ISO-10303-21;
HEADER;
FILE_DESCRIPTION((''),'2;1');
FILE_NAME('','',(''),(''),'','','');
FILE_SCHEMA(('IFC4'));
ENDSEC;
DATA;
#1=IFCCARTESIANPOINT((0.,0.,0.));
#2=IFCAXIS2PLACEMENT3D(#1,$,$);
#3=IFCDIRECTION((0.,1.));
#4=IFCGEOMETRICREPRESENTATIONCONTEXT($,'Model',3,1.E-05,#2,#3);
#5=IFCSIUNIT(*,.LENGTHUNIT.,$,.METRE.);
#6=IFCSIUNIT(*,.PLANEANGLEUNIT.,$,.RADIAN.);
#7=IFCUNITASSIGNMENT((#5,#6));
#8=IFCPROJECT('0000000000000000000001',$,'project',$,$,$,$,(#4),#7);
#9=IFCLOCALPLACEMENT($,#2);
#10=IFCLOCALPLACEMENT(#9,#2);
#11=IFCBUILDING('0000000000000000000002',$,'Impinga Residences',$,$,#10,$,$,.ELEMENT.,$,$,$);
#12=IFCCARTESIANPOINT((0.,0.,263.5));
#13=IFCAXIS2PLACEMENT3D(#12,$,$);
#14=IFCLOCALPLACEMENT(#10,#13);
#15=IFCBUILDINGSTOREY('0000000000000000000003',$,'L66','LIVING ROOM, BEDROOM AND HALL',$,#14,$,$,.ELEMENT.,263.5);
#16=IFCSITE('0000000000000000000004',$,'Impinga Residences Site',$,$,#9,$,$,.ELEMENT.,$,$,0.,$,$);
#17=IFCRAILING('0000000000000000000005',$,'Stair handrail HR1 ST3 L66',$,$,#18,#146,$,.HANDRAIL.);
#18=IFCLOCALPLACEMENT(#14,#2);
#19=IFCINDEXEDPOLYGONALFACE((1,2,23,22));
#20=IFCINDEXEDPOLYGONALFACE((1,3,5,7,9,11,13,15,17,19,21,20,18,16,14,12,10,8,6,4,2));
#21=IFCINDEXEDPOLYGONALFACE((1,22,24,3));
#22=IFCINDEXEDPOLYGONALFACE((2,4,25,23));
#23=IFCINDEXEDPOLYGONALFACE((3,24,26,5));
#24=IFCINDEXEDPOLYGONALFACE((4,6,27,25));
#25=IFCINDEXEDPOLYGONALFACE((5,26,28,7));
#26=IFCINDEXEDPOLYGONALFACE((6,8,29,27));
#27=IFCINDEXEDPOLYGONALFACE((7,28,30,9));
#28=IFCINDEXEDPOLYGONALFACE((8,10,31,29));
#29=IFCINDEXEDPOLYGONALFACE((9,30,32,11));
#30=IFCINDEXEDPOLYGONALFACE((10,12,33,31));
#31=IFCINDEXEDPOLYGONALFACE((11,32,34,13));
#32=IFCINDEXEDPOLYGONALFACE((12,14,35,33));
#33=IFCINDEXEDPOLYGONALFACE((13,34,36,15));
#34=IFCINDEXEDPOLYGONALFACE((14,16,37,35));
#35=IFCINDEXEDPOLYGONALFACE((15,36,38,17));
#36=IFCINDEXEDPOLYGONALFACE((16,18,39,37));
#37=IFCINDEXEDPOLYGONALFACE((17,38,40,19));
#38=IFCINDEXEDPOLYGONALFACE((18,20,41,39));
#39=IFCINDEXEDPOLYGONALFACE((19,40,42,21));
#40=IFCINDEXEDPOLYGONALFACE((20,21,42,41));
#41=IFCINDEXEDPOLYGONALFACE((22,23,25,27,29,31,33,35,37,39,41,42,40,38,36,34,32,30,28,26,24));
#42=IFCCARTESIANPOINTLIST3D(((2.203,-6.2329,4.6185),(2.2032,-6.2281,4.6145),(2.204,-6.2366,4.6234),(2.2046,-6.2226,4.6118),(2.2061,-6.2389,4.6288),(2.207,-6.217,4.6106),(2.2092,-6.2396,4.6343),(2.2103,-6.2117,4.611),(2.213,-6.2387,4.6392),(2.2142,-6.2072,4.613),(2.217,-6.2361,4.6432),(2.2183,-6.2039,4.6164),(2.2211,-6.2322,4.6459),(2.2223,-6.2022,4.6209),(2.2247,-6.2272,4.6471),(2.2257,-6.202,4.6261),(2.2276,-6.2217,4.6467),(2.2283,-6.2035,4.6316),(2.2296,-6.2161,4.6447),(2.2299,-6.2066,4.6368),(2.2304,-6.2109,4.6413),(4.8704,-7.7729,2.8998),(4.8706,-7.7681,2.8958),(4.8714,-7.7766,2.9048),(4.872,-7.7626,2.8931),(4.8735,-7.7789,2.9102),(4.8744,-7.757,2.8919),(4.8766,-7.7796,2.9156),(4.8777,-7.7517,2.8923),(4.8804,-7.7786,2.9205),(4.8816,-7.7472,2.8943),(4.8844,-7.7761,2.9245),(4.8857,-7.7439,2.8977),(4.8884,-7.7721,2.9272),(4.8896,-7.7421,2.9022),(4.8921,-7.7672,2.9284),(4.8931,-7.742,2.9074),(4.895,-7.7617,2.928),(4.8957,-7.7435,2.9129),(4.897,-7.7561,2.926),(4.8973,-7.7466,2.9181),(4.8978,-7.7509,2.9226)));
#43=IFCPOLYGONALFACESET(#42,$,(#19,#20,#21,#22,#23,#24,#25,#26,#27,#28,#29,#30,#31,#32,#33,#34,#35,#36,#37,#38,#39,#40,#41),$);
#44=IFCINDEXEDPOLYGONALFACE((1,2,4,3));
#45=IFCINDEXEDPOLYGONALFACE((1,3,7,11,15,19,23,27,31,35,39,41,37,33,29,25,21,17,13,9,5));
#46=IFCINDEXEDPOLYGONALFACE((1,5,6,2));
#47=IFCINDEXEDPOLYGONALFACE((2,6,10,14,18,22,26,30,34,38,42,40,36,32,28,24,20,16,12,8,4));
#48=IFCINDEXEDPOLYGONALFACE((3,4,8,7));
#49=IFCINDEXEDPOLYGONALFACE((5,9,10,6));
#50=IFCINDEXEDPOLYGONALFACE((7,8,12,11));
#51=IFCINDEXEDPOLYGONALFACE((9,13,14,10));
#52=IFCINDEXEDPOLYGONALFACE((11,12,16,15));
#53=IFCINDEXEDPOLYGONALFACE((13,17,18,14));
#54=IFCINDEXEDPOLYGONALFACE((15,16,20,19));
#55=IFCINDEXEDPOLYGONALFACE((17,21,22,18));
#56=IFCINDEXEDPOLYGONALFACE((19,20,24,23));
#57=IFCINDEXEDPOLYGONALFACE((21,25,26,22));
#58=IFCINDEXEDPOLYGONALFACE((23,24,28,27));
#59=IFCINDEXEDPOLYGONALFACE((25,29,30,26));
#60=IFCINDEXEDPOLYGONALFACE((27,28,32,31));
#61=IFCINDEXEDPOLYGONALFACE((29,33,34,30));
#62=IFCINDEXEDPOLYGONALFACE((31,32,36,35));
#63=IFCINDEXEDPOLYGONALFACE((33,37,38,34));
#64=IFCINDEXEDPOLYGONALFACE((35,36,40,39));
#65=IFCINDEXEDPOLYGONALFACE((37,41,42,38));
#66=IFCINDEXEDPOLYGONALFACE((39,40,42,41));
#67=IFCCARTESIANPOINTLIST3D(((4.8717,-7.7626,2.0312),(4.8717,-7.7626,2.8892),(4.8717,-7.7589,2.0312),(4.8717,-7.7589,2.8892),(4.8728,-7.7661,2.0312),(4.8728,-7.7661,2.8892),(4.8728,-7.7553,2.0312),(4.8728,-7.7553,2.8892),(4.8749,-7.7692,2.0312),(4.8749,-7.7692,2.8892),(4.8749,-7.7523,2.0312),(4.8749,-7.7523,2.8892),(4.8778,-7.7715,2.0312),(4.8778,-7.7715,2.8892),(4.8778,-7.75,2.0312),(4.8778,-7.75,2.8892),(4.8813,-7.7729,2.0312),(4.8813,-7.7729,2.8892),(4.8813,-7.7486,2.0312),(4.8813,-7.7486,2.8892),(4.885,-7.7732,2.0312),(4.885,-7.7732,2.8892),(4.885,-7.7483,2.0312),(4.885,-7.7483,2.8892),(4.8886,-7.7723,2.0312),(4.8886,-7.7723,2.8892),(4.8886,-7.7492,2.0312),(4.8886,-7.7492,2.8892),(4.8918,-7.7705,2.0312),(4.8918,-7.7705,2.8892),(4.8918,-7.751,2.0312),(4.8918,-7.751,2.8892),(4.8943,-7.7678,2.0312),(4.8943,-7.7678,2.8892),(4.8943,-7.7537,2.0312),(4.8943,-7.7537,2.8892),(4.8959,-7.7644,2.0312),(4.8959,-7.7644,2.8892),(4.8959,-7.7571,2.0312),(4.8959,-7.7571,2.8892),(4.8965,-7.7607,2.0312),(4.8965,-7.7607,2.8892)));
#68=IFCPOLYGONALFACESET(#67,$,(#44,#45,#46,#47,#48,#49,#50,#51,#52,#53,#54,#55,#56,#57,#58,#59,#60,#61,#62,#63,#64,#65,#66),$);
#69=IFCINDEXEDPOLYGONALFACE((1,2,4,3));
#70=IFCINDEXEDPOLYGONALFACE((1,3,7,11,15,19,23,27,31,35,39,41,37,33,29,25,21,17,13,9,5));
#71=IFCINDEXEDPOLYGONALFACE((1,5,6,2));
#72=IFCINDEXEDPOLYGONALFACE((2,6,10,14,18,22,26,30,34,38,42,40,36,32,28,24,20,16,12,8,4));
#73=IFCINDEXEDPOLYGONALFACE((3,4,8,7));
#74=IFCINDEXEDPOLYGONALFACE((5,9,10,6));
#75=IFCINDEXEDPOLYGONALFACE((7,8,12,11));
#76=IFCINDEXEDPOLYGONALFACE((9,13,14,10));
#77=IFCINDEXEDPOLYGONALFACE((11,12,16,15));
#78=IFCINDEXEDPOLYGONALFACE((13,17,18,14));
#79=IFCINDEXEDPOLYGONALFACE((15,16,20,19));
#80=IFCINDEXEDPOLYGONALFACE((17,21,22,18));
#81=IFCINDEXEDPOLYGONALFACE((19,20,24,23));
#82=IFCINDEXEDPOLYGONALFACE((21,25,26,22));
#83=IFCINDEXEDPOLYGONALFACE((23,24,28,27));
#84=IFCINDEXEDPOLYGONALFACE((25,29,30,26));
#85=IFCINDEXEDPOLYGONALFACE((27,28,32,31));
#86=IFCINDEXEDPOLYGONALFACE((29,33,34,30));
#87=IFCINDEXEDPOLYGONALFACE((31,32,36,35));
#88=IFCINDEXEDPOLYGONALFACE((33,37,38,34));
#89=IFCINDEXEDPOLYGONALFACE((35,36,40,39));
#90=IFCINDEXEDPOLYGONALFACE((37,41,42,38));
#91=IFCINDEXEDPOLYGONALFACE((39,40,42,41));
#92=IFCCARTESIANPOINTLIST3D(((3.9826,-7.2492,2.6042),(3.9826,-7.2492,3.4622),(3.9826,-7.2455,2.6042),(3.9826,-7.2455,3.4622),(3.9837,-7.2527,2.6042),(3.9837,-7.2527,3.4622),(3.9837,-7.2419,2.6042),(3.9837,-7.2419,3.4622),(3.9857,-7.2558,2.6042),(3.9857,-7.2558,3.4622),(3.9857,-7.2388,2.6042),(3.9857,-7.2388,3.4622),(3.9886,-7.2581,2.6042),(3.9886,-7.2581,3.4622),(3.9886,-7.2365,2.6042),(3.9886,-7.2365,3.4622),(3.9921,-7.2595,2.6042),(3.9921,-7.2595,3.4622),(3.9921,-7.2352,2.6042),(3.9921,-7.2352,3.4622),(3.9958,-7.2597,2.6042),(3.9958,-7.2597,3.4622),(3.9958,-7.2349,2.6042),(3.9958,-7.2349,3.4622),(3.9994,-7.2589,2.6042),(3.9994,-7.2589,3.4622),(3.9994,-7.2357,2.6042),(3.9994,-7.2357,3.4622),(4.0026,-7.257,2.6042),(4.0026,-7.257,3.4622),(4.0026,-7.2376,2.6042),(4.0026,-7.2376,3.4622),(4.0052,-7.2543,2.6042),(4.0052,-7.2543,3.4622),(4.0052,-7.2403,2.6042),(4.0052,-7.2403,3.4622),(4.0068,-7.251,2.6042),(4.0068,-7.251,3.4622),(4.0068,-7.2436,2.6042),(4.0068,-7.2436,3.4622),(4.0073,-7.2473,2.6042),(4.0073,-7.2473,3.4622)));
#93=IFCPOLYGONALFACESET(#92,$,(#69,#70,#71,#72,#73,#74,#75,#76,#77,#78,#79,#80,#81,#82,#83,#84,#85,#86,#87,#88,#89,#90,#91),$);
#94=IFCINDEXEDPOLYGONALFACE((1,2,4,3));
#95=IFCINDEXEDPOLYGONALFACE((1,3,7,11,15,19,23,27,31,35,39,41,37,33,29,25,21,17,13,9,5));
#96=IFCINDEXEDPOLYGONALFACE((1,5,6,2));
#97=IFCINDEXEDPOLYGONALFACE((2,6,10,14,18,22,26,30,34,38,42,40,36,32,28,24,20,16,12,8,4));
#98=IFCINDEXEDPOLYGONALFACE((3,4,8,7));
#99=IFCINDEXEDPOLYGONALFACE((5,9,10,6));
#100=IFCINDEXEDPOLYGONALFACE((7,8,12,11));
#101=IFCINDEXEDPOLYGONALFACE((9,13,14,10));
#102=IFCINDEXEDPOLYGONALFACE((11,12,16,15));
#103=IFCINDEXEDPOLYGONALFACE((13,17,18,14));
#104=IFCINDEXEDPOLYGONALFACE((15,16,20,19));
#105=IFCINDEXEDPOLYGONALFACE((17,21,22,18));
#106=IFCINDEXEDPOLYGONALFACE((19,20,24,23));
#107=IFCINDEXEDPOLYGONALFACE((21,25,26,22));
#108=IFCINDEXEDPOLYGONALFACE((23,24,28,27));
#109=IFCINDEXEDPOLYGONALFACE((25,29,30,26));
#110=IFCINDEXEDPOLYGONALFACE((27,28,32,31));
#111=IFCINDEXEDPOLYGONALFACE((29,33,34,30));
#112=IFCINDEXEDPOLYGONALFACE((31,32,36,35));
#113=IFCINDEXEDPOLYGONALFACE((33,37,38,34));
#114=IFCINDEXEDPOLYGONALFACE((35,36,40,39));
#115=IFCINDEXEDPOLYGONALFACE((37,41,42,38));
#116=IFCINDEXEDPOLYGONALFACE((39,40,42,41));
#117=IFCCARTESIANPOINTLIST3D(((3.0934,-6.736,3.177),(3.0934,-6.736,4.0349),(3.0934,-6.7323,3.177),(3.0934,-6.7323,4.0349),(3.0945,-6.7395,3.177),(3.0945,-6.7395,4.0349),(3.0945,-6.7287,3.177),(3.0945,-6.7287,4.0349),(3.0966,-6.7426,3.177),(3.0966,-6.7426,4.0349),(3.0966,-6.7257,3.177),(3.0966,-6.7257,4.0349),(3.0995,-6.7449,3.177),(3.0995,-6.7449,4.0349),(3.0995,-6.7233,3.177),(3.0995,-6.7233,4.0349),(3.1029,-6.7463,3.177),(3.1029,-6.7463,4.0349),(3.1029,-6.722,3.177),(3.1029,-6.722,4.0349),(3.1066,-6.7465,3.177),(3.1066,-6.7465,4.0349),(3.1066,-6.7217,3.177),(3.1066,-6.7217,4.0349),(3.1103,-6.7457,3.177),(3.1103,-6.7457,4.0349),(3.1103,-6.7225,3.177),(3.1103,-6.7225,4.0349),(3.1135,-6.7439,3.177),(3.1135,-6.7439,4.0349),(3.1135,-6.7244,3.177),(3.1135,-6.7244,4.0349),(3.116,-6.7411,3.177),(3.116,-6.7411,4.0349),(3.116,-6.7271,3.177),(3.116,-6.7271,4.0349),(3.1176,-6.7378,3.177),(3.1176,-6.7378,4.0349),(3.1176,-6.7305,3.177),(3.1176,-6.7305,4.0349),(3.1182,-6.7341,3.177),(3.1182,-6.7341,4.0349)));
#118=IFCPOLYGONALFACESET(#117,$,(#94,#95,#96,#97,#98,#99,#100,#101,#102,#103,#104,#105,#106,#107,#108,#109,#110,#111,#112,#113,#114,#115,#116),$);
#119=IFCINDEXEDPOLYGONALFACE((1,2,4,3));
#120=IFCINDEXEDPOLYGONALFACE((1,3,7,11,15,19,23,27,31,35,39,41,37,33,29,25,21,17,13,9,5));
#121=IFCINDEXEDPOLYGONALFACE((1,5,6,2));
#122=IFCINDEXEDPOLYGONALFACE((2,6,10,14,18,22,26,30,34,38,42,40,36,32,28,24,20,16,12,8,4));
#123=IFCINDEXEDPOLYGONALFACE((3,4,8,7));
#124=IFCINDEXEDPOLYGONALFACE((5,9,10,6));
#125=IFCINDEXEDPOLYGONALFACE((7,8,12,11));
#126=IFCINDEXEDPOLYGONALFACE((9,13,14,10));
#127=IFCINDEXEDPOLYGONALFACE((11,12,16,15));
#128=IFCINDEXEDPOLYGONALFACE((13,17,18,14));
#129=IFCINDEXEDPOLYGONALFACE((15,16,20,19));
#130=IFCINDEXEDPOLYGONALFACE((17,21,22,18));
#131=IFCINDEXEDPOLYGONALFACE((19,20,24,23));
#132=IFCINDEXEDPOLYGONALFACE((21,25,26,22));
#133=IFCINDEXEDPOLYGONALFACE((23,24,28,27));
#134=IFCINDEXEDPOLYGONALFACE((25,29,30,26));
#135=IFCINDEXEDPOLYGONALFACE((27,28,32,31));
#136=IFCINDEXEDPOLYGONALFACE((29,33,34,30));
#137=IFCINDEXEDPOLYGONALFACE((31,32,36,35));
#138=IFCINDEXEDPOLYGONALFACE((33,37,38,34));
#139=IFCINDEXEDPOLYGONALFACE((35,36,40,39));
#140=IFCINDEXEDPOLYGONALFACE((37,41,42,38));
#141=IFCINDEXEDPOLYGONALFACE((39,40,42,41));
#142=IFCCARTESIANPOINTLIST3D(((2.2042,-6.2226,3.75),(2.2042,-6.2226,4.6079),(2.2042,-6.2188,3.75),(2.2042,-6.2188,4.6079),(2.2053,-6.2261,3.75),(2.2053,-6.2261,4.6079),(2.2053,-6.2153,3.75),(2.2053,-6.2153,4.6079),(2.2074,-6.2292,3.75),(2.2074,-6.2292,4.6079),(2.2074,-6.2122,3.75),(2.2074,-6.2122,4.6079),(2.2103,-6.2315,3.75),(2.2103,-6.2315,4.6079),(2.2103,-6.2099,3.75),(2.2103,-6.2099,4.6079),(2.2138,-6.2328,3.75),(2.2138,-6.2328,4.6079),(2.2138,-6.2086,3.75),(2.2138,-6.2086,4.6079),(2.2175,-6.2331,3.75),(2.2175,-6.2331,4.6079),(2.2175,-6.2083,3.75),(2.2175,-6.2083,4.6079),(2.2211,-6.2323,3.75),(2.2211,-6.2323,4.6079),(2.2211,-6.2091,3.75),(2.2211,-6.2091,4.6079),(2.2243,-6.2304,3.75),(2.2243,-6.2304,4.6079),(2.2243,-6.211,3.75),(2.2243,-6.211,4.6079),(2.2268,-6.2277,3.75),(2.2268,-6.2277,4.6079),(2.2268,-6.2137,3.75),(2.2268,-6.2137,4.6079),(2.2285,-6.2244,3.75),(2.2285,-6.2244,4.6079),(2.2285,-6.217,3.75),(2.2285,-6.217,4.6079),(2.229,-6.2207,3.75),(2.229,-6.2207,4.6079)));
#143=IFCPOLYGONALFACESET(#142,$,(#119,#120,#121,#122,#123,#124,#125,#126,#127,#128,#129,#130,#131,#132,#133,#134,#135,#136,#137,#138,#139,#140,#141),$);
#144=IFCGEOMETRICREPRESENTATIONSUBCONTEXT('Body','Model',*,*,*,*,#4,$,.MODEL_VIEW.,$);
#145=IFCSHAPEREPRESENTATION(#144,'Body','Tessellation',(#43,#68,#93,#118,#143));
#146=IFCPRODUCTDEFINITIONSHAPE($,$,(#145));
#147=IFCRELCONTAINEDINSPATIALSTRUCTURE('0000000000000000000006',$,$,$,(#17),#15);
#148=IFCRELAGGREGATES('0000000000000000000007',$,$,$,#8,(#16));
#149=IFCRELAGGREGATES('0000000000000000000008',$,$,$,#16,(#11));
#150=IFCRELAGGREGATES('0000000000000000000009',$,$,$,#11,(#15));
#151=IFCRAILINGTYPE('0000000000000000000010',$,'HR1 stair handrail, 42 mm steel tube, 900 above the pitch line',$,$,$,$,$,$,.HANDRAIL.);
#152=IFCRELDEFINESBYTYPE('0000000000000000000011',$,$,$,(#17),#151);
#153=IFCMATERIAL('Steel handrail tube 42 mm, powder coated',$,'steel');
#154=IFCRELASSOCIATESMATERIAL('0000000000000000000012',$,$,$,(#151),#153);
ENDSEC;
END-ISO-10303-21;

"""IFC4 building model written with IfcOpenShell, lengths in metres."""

from ifc_helpers import new_model, si_unit, direction, frame, origin, origin_2d, place, context, subcontext, project, spatial, circle, extrude, material, type_object, element, save


model = new_model("IFC4")

# Units and contexts
model_context = context("Model", 3, precision=1e-05, world=origin(), true_north=direction((0.0, 1.0)))
body_context = subcontext(model_context, "Body", "Model", "MODEL_VIEW")
ifc_project = project(units=[si_unit("LENGTHUNIT", "METRE"), si_unit("PLANEANGLEUNIT", "RADIAN")], contexts=[model_context])

# Site, building, storey
site_placement = place(None, origin())
site = spatial("IfcSite", under=ifc_project, at=site_placement, Name="Impinga Residences Site", CompositionType="ELEMENT", RefElevation=0.0)
building_placement = place(site_placement, origin())
building = spatial("IfcBuilding", under=site, at=building_placement, Name="Impinga Residences", CompositionType="ELEMENT")
storey_placement = place(building_placement, frame((0.0, 0.0, 263.5)))
storey = spatial("IfcBuildingStorey", under=building, at=storey_placement, Name="L66", Description="LIVING ROOM, BEDROOM AND HALL", CompositionType="ELEMENT", Elevation=263.5)

# Railing
ifc_material_1 = material(Name="Steel handrail tube 42 mm, powder coated", Category="steel")
railing_type_1 = type_object("IfcRailingType", Name="HR1 stair handrail, 42 mm steel tube, 900 above the pitch line", PredefinedType="HANDRAIL", material=ifc_material_1)
railing_1_placement = place(storey_placement, frame((4.884, -7.7607, 2.0312)))
element("IfcRailing", 1, at=railing_1_placement, inside=storey, type_object=railing_type_1, Name="Stair handrail HR1 ST3 L66", PredefinedType="HANDRAIL", context=body_context, shape_type="SweptSolid", body=[
    extrude(circle(Radius=0.021, at=origin_2d()), frame((0.0, 0.0, 0.8789), z_axis=(-0.756256, 0.436616, 0.487282), x_axis=(-0.499992, -0.86603, 0.0)), (0.0, 0.0, 1.0), 3.5271),
    extrude(circle(Radius=0.0125, at=origin_2d()), origin(), (0.0, 0.0, 1.0), 0.8579),
    extrude(circle(Radius=0.0125, at=origin_2d()), frame((-0.8892, 0.5134, 0.573)), (0.0, 0.0, 1.0), 0.8579),
    extrude(circle(Radius=0.0125, at=origin_2d()), frame((-1.7783, 1.0266, 1.1458)), (0.0, 0.0, 1.0), 0.8579),
    extrude(circle(Radius=0.0125, at=origin_2d()), frame((-2.6675, 1.54, 1.7188)), (0.0, 0.0, 1.0), 0.8579),
])

save(model, "model.ifc")
